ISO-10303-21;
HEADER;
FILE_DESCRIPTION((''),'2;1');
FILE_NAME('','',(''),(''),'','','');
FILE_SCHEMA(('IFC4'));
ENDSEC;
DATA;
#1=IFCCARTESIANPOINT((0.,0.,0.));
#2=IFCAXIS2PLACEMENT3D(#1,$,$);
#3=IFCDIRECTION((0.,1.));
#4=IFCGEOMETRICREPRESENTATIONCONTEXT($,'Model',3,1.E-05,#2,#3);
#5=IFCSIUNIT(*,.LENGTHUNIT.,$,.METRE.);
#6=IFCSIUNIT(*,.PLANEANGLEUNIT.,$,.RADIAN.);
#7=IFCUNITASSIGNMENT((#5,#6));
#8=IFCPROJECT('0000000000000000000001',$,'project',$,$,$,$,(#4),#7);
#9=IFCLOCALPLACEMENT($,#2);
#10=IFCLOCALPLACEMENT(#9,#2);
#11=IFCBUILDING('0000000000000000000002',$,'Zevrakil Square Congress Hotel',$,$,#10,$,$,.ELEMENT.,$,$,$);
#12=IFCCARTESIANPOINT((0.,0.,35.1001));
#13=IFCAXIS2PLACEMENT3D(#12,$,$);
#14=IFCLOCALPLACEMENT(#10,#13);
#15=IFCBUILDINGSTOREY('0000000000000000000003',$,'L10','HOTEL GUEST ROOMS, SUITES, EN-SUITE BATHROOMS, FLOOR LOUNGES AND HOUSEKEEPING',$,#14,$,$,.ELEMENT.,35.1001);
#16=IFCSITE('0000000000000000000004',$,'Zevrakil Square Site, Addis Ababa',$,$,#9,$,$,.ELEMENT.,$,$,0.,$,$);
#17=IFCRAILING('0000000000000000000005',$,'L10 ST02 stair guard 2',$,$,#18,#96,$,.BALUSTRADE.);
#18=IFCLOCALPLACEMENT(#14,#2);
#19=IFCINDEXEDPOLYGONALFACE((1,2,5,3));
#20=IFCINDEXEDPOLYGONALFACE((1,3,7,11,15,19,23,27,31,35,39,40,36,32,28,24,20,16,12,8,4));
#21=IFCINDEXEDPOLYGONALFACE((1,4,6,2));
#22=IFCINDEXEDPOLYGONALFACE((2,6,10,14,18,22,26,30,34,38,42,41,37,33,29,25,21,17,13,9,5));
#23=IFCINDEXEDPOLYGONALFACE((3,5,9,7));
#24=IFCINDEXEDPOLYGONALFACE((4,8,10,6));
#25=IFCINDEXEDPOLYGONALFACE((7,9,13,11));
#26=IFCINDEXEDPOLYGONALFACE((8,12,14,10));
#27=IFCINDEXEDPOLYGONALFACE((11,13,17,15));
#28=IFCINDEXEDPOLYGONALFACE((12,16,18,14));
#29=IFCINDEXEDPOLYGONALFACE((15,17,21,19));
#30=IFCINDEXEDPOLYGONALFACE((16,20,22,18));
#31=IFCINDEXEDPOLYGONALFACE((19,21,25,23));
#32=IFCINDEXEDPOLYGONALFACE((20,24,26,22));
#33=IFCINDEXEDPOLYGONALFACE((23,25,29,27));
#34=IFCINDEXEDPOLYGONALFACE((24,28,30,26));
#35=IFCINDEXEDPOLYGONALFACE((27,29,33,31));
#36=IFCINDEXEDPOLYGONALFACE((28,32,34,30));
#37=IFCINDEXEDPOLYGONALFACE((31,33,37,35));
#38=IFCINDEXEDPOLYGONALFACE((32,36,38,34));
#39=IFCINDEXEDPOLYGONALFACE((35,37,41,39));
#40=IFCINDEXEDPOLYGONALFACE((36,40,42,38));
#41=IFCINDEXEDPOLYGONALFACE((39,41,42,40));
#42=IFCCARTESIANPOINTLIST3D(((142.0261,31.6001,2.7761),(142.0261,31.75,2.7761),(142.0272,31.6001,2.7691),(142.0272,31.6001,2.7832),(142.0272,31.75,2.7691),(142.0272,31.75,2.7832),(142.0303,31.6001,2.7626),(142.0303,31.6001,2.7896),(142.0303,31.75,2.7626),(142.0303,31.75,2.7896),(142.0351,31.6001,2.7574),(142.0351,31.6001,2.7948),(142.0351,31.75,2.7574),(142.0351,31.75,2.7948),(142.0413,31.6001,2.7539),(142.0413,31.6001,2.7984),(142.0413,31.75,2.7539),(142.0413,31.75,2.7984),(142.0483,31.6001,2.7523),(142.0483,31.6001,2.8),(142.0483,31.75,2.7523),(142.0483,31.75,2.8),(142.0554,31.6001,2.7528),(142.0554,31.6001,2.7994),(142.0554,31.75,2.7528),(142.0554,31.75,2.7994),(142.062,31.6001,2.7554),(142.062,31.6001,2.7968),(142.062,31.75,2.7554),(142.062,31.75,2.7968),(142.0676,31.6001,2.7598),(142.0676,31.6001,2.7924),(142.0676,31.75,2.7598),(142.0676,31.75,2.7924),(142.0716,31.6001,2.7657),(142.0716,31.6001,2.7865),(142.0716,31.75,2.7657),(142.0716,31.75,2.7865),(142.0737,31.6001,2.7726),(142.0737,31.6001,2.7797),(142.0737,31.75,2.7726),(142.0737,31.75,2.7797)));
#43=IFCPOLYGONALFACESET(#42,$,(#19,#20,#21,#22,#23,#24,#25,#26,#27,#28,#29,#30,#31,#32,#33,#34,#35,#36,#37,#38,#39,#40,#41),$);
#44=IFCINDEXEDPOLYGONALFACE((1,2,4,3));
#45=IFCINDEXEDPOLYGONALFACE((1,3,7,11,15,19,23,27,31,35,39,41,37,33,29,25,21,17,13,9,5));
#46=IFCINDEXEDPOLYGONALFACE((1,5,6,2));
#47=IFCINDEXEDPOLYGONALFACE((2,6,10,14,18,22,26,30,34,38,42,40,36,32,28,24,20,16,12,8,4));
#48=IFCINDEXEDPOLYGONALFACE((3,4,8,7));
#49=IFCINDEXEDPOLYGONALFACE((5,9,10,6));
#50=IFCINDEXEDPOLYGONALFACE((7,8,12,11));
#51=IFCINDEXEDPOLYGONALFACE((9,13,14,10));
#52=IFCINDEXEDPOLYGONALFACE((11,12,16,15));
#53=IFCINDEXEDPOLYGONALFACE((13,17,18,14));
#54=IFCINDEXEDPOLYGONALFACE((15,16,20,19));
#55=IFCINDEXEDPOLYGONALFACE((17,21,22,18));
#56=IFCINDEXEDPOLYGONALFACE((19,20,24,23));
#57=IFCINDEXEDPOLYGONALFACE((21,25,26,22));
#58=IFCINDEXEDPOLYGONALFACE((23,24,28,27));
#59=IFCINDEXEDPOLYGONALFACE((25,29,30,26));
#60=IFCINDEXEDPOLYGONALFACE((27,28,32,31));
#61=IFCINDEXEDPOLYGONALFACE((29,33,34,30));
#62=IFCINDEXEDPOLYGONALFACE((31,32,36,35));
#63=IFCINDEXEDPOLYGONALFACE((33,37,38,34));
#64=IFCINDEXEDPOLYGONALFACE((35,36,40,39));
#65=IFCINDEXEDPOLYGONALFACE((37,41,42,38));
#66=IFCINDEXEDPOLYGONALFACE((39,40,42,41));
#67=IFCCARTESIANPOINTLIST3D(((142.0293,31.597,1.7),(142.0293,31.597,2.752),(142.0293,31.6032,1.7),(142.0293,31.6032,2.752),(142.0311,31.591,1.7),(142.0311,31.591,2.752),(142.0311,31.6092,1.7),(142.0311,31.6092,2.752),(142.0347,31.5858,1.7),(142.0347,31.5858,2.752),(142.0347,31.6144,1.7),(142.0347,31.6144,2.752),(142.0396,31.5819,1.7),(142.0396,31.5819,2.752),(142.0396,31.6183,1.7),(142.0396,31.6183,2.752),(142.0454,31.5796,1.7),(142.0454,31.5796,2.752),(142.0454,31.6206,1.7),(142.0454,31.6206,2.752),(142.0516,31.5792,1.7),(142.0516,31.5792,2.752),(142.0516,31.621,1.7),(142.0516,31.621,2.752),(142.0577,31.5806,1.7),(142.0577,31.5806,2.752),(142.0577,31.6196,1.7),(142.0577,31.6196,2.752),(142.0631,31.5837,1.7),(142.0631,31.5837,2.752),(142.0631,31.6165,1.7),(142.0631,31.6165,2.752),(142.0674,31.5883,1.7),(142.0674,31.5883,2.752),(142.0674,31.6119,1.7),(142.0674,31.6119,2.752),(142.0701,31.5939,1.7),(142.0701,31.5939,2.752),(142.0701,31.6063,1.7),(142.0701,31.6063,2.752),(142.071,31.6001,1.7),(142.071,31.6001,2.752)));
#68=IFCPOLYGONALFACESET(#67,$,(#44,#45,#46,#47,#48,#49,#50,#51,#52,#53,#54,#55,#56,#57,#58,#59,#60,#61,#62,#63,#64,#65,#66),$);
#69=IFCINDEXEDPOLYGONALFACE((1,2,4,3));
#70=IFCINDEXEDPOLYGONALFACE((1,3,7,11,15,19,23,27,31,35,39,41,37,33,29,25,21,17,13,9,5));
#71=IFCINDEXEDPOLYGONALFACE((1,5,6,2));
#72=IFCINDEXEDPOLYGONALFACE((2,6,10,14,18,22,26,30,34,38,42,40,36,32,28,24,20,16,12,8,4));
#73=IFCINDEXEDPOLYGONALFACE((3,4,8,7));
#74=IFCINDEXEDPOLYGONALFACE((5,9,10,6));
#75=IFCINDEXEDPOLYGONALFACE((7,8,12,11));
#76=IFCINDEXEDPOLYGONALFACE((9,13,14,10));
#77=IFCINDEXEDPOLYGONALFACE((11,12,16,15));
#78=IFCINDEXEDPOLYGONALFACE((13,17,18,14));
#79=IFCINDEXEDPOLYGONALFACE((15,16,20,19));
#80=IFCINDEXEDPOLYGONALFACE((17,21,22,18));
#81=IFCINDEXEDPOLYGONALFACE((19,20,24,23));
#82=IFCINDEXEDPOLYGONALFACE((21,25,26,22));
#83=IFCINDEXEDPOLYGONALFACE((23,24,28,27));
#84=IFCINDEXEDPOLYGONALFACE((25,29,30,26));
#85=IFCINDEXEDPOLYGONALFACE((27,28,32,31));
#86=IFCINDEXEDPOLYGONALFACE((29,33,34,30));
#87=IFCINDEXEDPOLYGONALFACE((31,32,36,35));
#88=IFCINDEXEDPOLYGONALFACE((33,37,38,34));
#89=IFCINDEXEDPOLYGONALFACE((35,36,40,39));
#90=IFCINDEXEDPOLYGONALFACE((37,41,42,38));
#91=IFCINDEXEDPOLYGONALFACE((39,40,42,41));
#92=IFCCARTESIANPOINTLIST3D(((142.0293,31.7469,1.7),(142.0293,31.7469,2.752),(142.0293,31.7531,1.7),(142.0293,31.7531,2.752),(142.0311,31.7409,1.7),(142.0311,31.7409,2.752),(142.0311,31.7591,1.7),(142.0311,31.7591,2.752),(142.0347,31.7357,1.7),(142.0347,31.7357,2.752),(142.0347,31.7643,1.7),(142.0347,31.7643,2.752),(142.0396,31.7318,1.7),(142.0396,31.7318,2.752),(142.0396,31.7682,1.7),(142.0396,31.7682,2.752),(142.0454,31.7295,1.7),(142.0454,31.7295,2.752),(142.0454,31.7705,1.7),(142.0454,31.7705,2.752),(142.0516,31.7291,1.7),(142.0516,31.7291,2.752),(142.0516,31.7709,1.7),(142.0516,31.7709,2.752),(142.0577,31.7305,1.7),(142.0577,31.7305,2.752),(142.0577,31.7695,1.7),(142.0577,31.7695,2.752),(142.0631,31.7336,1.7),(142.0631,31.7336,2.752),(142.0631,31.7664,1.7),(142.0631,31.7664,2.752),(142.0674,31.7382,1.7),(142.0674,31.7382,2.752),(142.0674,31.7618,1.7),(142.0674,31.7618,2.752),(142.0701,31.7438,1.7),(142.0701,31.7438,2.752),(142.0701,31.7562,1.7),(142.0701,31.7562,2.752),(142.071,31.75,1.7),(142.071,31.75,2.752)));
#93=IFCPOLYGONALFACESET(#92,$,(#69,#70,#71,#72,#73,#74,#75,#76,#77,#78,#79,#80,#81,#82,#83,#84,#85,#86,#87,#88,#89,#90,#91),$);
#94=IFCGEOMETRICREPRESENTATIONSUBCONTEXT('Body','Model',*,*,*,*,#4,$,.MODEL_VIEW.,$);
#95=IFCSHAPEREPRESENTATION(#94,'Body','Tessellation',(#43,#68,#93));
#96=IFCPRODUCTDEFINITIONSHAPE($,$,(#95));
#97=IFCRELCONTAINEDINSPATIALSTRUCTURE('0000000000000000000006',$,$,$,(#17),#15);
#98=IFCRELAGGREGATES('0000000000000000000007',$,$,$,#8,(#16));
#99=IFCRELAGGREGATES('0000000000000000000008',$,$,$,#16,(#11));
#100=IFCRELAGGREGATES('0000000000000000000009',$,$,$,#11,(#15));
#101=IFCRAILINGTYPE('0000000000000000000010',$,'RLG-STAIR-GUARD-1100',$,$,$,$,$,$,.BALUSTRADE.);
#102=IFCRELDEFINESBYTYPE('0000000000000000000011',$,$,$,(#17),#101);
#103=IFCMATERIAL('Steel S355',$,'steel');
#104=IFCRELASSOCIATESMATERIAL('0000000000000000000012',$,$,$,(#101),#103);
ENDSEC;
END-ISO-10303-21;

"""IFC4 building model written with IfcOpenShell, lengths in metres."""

from ifc_helpers import new_model, si_unit, direction, frame, origin, origin_2d, place, context, subcontext, project, spatial, circle, extrude, material, type_object, element, save


model = new_model("IFC4")

# Units and contexts
model_context = context("Model", 3, precision=1e-05, world=origin(), true_north=direction((0.0, 1.0)))
body_context = subcontext(model_context, "Body", "Model", "MODEL_VIEW")
ifc_project = project(units=[si_unit("LENGTHUNIT", "METRE"), si_unit("PLANEANGLEUNIT", "RADIAN")], contexts=[model_context])

# Site, building, storey
site_placement = place(None, origin())
site = spatial("IfcSite", under=ifc_project, at=site_placement, Name="Zevrakil Square Site, Addis Ababa", CompositionType="ELEMENT", RefElevation=0.0)
building_placement = place(site_placement, origin())
building = spatial("IfcBuilding", under=site, at=building_placement, Name="Zevrakil Square Congress Hotel", CompositionType="ELEMENT")
storey_placement = place(building_placement, frame((0.0, 0.0, 35.1001)))
storey = spatial("IfcBuildingStorey", under=building, at=storey_placement, Name="L10", Description="HOTEL GUEST ROOMS, SUITES, EN-SUITE BATHROOMS, FLOOR LOUNGES AND HOUSEKEEPING", CompositionType="ELEMENT", Elevation=35.1001)

# Railing
ifc_material_1 = material(Name="Steel S355", Category="steel")
railing_type_1 = type_object("IfcRailingType", Name="RLG-STAIR-GUARD-1100", PredefinedType="BALUSTRADE", material=ifc_material_1)
railing_1_placement = place(storey_placement, frame((142.05, 31.6001, 1.7)))
element("IfcRailing", 1, at=railing_1_placement, inside=storey, type_object=railing_type_1, Name="L10 ST02 stair guard 2", PredefinedType="BALUSTRADE", context=body_context, shape_type="SweptSolid", body=[
    extrude(circle(Radius=0.0239, at=origin_2d()), frame((0.0, 0.0, 1.0762), z_axis=(0.0, 1.0, 0.0), x_axis=(-1.0, 0.0, 0.0)), (0.0, 0.0, 1.0), 0.1499),
    extrude(circle(Radius=0.021, at=origin_2d()), origin(), (0.0, 0.0, 1.0), 1.052),
    extrude(circle(Radius=0.021, at=origin_2d()), frame((0.0, 0.1499, 0.0)), (0.0, 0.0, 1.0), 1.052),
])

save(model, "model.ifc")
